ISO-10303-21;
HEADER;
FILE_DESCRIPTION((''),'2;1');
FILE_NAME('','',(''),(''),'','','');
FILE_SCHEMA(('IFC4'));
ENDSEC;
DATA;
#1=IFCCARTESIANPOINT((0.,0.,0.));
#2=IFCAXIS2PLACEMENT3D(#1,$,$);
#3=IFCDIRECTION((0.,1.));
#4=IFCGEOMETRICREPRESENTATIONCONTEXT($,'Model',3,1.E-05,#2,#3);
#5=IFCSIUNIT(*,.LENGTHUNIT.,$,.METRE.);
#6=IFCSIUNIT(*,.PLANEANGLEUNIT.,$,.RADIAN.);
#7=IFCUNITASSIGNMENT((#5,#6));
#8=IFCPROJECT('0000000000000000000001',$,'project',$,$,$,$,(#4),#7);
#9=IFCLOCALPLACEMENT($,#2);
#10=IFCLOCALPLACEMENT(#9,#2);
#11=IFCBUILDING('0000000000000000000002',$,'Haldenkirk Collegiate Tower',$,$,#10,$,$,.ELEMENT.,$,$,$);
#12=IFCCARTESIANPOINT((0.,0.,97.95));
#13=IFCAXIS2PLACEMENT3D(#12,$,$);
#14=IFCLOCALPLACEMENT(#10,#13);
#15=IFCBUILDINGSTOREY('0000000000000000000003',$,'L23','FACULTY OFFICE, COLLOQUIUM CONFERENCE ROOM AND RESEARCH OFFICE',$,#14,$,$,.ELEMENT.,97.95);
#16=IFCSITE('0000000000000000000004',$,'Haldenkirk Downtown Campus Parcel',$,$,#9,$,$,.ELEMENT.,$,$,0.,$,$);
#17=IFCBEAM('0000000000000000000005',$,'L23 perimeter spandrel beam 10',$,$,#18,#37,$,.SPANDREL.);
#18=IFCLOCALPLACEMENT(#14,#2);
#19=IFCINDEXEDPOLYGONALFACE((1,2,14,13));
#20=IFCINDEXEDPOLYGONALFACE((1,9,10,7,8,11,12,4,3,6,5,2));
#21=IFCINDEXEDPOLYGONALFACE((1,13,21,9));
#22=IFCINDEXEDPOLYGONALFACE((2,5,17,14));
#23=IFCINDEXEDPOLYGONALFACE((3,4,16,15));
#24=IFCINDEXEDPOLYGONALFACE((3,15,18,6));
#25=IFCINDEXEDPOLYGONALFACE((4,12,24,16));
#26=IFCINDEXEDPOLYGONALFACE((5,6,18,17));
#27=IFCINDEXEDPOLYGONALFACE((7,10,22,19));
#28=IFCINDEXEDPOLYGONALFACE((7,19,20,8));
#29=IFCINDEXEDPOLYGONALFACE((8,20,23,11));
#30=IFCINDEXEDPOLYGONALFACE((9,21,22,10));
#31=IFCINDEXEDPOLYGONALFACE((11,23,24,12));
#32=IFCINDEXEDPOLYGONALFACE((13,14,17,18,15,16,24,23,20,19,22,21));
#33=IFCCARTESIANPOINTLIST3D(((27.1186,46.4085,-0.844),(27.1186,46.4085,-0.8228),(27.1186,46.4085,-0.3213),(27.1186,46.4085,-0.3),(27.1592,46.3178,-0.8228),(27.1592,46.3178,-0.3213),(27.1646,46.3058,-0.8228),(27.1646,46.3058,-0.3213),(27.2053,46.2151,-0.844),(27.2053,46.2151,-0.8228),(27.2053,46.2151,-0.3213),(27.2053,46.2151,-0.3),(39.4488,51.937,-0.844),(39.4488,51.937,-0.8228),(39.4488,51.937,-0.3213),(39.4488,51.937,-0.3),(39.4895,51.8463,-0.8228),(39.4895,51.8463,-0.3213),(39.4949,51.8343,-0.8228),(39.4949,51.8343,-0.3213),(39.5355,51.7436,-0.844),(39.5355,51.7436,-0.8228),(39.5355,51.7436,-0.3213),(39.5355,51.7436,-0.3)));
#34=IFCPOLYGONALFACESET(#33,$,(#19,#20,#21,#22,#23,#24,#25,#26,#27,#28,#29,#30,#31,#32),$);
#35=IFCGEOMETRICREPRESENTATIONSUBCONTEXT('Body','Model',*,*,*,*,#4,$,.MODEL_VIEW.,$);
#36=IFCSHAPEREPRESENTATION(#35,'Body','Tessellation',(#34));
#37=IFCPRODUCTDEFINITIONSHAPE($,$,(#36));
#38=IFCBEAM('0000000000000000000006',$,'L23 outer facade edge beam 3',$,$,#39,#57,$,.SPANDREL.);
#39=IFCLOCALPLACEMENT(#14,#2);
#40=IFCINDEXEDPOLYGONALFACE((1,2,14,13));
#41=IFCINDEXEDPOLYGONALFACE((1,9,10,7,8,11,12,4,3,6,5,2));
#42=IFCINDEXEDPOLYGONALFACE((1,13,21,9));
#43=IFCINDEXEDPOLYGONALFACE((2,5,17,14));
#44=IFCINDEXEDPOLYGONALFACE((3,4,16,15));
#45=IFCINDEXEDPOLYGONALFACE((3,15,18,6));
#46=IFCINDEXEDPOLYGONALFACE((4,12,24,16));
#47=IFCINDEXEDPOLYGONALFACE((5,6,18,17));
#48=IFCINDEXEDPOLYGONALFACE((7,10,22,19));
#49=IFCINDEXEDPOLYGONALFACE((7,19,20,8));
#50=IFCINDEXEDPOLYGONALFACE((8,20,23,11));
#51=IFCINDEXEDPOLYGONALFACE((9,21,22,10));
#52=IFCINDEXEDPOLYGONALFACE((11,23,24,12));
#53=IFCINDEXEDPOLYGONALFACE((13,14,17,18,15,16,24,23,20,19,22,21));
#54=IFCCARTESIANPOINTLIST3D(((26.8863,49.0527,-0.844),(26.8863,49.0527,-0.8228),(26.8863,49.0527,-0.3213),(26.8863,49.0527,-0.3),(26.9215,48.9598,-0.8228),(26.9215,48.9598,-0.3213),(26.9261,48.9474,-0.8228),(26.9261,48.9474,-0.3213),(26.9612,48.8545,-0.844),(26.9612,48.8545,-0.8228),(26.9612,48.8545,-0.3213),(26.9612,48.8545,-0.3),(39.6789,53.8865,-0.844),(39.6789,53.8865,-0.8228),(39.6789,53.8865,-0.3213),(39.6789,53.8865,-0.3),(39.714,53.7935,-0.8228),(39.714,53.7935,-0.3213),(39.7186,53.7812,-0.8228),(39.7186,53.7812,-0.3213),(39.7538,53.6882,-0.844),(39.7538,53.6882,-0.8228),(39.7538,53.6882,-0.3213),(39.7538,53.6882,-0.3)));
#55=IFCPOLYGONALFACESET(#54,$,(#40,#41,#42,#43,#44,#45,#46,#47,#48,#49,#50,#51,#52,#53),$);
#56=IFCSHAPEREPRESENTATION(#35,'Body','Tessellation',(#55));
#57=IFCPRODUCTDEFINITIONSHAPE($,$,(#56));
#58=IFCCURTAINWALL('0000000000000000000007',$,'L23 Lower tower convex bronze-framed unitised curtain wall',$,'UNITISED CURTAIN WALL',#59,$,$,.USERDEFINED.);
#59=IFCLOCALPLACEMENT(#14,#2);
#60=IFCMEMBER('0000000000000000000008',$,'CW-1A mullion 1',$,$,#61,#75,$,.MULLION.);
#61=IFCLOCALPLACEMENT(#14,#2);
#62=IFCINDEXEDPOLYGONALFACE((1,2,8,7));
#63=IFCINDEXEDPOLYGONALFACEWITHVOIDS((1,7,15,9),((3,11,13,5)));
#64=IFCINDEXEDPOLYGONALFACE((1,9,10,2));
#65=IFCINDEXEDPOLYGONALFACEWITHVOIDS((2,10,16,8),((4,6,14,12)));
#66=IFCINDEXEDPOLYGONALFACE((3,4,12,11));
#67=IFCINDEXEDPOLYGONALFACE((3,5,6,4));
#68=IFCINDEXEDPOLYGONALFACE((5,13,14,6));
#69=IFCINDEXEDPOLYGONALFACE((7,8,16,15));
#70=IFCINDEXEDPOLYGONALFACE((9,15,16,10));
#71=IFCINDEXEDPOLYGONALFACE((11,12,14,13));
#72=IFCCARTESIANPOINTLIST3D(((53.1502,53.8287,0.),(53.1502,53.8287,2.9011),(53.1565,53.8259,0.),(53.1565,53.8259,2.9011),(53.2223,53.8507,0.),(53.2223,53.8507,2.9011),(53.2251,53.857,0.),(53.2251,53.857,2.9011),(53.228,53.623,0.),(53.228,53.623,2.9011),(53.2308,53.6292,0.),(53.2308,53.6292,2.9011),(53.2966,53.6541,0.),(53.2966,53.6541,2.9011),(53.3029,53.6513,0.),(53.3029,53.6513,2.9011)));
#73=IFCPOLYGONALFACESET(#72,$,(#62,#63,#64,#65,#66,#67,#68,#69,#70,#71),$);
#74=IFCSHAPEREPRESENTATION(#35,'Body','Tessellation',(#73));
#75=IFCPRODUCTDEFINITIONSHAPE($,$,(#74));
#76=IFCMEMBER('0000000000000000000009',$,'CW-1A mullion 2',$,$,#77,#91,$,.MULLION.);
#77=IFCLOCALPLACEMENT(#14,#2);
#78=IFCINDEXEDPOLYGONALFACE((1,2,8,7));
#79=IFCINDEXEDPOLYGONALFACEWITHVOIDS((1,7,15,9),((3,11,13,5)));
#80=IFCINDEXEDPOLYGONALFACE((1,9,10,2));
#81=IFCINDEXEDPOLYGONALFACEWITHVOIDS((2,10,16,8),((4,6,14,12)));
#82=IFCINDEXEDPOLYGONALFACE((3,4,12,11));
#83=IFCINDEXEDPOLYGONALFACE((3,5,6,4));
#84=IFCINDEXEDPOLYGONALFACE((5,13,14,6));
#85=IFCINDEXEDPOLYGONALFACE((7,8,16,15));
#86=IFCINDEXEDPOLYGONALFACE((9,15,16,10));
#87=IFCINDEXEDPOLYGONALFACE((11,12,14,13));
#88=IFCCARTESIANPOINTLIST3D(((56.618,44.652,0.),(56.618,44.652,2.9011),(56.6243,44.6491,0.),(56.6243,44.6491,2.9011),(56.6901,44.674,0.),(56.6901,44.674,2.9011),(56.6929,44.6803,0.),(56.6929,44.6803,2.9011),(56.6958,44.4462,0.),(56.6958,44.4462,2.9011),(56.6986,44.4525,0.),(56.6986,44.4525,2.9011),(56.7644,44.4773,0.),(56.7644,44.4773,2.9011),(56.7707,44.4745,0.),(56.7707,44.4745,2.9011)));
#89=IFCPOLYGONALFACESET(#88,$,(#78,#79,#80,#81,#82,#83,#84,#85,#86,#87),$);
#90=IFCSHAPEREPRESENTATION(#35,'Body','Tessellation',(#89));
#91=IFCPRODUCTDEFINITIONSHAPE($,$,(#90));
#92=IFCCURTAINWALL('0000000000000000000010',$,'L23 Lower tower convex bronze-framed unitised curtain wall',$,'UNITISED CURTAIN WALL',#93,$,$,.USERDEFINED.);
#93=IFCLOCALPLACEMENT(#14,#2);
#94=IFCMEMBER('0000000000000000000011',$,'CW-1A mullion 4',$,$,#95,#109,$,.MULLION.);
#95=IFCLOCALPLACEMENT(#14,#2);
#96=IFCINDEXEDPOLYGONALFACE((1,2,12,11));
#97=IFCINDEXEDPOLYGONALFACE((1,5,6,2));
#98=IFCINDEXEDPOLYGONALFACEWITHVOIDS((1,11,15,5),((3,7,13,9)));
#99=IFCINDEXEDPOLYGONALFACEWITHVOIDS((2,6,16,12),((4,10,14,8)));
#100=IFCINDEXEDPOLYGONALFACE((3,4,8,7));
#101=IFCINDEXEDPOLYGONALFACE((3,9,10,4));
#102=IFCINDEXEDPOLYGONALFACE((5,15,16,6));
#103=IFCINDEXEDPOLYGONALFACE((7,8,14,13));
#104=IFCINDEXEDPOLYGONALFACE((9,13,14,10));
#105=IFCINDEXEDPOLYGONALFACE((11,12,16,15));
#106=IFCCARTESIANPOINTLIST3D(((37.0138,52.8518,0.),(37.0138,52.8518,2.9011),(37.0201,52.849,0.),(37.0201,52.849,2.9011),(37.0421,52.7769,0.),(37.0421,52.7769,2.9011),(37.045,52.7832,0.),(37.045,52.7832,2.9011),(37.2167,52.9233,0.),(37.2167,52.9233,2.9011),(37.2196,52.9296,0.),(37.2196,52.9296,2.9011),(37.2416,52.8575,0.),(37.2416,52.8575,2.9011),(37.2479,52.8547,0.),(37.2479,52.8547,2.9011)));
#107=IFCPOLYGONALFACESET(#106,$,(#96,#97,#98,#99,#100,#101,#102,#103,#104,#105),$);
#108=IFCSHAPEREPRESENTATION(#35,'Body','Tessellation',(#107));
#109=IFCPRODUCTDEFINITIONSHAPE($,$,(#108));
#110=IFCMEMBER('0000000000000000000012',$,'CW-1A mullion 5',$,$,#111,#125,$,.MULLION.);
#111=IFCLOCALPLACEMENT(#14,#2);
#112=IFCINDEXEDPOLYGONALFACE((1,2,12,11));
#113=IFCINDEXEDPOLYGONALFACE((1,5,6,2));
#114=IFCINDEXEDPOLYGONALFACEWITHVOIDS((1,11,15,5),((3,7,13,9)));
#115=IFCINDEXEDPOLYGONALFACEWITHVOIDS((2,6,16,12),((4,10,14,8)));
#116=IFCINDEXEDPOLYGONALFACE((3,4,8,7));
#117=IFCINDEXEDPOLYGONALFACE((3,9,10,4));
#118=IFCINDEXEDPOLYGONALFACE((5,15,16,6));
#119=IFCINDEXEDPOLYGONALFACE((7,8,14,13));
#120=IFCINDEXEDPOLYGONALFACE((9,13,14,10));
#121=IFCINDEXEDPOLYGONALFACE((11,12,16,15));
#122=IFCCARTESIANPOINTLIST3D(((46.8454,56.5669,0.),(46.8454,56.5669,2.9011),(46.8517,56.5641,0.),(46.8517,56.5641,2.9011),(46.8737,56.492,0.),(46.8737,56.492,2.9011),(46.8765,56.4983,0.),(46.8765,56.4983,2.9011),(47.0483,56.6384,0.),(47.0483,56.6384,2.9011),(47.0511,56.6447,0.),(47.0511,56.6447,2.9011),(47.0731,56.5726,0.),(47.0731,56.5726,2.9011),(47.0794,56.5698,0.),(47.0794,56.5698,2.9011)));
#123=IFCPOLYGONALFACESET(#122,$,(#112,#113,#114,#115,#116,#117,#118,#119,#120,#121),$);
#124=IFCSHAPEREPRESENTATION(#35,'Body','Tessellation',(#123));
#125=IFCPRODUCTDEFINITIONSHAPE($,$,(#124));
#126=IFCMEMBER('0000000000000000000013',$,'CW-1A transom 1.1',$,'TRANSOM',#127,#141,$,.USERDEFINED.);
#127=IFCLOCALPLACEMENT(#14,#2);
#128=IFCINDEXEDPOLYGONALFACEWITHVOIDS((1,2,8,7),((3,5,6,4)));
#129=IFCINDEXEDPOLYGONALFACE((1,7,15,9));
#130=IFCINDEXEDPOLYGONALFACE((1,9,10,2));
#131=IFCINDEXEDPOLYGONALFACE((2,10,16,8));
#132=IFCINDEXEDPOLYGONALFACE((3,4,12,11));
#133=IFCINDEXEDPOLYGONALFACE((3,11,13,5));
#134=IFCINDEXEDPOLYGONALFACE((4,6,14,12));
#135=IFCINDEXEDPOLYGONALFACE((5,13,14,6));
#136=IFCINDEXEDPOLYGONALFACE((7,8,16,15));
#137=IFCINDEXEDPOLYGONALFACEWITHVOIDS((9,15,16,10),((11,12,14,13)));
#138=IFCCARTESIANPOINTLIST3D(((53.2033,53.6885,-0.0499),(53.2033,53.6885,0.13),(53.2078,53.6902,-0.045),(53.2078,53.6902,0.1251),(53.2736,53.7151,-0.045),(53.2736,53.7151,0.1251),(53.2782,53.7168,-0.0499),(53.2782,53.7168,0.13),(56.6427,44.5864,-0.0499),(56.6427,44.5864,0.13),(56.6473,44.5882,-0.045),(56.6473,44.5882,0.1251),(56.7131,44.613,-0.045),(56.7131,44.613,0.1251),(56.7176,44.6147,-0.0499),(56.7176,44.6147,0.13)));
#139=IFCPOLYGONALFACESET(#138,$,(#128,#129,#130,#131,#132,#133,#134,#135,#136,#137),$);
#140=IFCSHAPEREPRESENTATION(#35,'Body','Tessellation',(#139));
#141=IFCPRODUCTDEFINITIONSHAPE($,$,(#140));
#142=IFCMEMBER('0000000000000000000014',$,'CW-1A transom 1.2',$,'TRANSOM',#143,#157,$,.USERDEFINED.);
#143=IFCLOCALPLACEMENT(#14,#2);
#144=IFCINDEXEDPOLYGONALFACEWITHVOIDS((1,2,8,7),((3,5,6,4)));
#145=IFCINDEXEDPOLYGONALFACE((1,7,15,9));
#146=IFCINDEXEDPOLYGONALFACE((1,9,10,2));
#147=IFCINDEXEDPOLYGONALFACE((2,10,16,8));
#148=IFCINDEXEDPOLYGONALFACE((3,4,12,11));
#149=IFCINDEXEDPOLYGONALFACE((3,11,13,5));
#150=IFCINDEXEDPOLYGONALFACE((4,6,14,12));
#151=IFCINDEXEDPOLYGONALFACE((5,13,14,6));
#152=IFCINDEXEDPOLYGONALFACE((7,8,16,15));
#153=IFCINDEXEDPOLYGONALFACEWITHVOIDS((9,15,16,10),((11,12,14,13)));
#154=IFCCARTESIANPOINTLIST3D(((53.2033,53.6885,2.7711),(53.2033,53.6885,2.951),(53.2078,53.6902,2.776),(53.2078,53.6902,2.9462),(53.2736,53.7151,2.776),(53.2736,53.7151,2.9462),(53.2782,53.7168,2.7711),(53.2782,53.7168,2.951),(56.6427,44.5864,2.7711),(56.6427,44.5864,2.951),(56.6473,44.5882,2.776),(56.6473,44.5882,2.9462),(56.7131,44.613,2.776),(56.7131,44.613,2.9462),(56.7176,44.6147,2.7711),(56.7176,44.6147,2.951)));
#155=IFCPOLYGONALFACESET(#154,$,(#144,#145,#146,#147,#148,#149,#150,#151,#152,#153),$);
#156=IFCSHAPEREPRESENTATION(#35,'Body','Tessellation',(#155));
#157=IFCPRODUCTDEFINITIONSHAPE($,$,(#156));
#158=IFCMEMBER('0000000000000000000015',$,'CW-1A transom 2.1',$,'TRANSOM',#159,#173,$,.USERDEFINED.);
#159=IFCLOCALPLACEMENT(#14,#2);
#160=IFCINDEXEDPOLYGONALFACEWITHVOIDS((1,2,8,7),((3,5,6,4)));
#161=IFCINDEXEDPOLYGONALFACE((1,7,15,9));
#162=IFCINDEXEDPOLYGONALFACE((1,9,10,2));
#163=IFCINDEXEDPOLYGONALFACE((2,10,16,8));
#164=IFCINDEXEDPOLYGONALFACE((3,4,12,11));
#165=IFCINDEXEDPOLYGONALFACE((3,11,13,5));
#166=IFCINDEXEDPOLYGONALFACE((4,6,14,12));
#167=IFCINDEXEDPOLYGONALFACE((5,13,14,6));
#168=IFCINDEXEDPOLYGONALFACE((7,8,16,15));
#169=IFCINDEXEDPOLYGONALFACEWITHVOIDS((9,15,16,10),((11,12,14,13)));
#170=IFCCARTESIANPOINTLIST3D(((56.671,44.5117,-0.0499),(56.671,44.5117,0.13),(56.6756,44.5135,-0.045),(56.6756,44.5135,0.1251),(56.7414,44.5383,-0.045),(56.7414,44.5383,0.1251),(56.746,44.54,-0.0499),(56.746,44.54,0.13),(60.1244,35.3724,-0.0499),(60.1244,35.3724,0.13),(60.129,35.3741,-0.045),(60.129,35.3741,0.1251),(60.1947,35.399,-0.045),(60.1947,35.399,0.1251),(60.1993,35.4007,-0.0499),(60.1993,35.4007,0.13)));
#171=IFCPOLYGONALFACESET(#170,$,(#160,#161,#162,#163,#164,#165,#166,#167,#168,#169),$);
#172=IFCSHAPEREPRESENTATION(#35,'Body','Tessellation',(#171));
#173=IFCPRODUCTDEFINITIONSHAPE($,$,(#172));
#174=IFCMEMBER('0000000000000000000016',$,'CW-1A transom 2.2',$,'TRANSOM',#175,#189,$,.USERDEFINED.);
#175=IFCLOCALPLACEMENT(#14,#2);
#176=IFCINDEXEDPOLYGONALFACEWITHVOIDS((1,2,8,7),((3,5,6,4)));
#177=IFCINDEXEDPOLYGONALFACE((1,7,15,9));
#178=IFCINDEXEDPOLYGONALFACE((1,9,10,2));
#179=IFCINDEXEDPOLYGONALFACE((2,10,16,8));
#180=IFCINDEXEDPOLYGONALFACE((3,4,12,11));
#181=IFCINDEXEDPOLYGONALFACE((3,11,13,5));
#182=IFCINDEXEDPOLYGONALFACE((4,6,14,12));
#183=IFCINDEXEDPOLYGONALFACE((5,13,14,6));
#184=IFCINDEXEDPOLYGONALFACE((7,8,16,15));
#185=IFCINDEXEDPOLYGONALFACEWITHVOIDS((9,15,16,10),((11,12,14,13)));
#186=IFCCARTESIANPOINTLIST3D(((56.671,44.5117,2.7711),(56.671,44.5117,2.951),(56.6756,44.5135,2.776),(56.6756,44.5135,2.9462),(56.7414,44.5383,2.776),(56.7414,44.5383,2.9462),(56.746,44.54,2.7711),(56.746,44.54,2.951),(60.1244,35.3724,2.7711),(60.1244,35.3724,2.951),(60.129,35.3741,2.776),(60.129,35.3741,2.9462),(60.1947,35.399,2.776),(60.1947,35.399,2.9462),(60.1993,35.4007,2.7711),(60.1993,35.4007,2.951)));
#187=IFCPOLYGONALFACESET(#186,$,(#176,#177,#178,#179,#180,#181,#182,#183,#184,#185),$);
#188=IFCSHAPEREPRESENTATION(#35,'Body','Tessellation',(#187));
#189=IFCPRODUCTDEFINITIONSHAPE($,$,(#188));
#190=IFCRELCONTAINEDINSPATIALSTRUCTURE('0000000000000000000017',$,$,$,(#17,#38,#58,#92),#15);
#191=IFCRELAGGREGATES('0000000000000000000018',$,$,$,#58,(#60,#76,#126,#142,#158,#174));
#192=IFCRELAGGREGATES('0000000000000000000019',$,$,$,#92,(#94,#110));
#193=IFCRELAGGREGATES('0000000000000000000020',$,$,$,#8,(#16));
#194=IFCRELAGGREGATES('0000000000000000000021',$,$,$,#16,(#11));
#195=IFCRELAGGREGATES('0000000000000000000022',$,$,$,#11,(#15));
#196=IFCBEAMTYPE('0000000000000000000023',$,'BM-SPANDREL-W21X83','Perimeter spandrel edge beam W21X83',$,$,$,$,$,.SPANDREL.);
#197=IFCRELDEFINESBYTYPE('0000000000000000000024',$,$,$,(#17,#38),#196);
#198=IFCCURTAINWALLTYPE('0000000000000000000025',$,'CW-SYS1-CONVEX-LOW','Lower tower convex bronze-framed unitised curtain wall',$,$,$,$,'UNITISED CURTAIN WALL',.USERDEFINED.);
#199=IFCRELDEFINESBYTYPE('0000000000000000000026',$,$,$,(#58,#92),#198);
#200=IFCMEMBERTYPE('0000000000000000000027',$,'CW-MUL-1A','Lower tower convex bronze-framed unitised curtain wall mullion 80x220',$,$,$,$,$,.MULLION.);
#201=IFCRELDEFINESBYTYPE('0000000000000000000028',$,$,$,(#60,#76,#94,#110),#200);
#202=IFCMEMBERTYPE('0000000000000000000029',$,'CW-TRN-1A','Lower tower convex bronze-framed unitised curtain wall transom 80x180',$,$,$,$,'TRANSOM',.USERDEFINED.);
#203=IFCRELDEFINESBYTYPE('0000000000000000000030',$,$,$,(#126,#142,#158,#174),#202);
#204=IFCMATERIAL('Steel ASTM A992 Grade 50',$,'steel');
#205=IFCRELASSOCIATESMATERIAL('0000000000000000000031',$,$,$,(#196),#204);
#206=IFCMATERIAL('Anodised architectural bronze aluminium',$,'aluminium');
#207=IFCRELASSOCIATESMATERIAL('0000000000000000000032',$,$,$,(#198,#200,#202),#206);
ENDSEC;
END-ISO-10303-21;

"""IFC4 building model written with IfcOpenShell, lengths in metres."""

from ifc_helpers import new_model, si_unit, direction, frame, origin, origin_2d, place, context, subcontext, project, spatial, hollow_rectangle, i_section, extrude, material, material_profile, profile_set, type_object, element, aggregate, save


model = new_model("IFC4")

# Units and contexts
model_context = context("Model", 3, precision=1e-05, world=origin(), true_north=direction((0.0, 1.0)))
body_context = subcontext(model_context, "Body", "Model", "MODEL_VIEW")
ifc_project = project(units=[si_unit("LENGTHUNIT", "METRE"), si_unit("PLANEANGLEUNIT", "RADIAN")], contexts=[model_context])

# Site, building, storey
site_placement = place(None, origin())
site = spatial("IfcSite", under=ifc_project, at=site_placement, Name="Haldenkirk Downtown Campus Parcel", CompositionType="ELEMENT", RefElevation=0.0)
building_placement = place(site_placement, origin())
building = spatial("IfcBuilding", under=site, at=building_placement, Name="Haldenkirk Collegiate Tower", CompositionType="ELEMENT")
storey_placement = place(building_placement, frame((0.0, 0.0, 97.95)))
storey = spatial("IfcBuildingStorey", under=building, at=storey_placement, Name="L23", Description="FACULTY OFFICE, COLLOQUIUM CONFERENCE ROOM AND RESEARCH OFFICE", CompositionType="ELEMENT", Elevation=97.95)

# Beams
ifc_material_1 = material(Name="Steel ASTM A992 Grade 50", Category="steel")
ifc_material_profile_1 = material_profile(ifc_material_1, i_section(OverallWidth=0.2119, OverallDepth=0.5439, WebThickness=0.0132, FlangeThickness=0.0212, at=origin_2d()), Name="W21X83")
ifc_profile_set_1 = profile_set([ifc_material_profile_1], Name="Steel ASTM A992 Grade 50")
beam_type_1 = type_object("IfcBeamType", Name="BM-SPANDREL-W21X83", Description="Perimeter spandrel edge beam W21X83", PredefinedType="SPANDREL", material=ifc_profile_set_1)
beam_1_placement = place(storey_placement, frame((39.4922, 51.8403, -0.572), z_axis=(-0.912477, -0.409129, 0.0), x_axis=(0.409129, -0.912477, 0.0)))
element("IfcBeam", 1, at=beam_1_placement, inside=storey, type_object=beam_type_1, Name="L23 perimeter spandrel beam 10", PredefinedType="SPANDREL", context=body_context, shape_type="SweptSolid", body=[
    extrude(i_section(OverallWidth=0.2119, OverallDepth=0.5439, WebThickness=0.0132, FlangeThickness=0.0212, at=origin_2d()), origin(), (0.0, 0.0, 1.0), 13.5129),
])
beam_2_placement = place(storey_placement, frame((39.7163, 53.7874, -0.572), z_axis=(-0.935447, -0.353466, 0.0), x_axis=(0.353466, -0.935447, 0.0)))
element("IfcBeam", 2, at=beam_2_placement, inside=storey, type_object=beam_type_1, Name="L23 outer facade edge beam 3", PredefinedType="SPANDREL", context=body_context, shape_type="SweptSolid", body=[
    extrude(i_section(OverallWidth=0.2119, OverallDepth=0.5439, WebThickness=0.0132, FlangeThickness=0.0212, at=origin_2d()), origin(), (0.0, 0.0, 1.0), 13.6753),
])

# Curtain walls, members
ifc_material_2 = material(Name="Anodised architectural bronze aluminium", Category="aluminium")
curtain_wall_type = type_object("IfcCurtainWallType", Name="CW-SYS1-CONVEX-LOW", Description="Lower tower convex bronze-framed unitised curtain wall", ElementType="UNITISED CURTAIN WALL", PredefinedType="USERDEFINED", material=ifc_material_2)
curtain_wall_1_placement = place(storey_placement, origin())
curtain_wall_1 = element("IfcCurtainWall", 3, at=curtain_wall_1_placement, inside=storey, type_object=curtain_wall_type, Name="L23 Lower tower convex bronze-framed unitised curtain wall", ObjectType="UNITISED CURTAIN WALL", PredefinedType="USERDEFINED")
ifc_material_profile_2 = material_profile(ifc_material_2, hollow_rectangle(XDim=0.0801, YDim=0.22, WallThickness=0.0049, at=origin_2d()), Name="CW-MUL-1A")
ifc_profile_set_2 = profile_set([ifc_material_profile_2], Name="Anodised architectural bronze aluminium")
member_type_1 = type_object("IfcMemberType", Name="CW-MUL-1A", Description="Lower tower convex bronze-framed unitised curtain wall mullion 80x220", PredefinedType="MULLION", material=ifc_profile_set_2)
member_1_placement = place(storey_placement, frame((53.2266, 53.74, 0.0), z_axis=(0.0, 0.0, 1.0), x_axis=(0.935443, 0.353477, 0.0)))
member_1 = element("IfcMember", 4, at=member_1_placement, type_object=member_type_1, Name="CW-1A mullion 1", PredefinedType="MULLION", context=body_context, shape_type="SweptSolid", body=[
    extrude(hollow_rectangle(XDim=0.0801, YDim=0.22, WallThickness=0.0049, at=origin_2d()), origin(), (0.0, 0.0, 1.0), 2.9011),
])
member_2_placement = place(storey_placement, frame((56.6943, 44.5632, 0.0), z_axis=(0.0, 0.0, 1.0), x_axis=(0.935443, 0.353477, 0.0)))
member_2 = element("IfcMember", 5, at=member_2_placement, type_object=member_type_1, Name="CW-1A mullion 2", PredefinedType="MULLION", context=body_context, shape_type="SweptSolid", body=[
    extrude(hollow_rectangle(XDim=0.0801, YDim=0.22, WallThickness=0.0049, at=origin_2d()), origin(), (0.0, 0.0, 1.0), 2.9011),
])
curtain_wall_2_placement = place(storey_placement, origin())
curtain_wall_2 = element("IfcCurtainWall", 6, at=curtain_wall_2_placement, inside=storey, type_object=curtain_wall_type, Name="L23 Lower tower convex bronze-framed unitised curtain wall", ObjectType="UNITISED CURTAIN WALL", PredefinedType="USERDEFINED")
member_3_placement = place(storey_placement, frame((37.1309, 52.8533, 0.0), z_axis=(0.0, 0.0, 1.0), x_axis=(-0.353476, 0.935443, 0.0)))
member_3 = element("IfcMember", 7, at=member_3_placement, type_object=member_type_1, Name="CW-1A mullion 4", PredefinedType="MULLION", context=body_context, shape_type="SweptSolid", body=[
    extrude(hollow_rectangle(XDim=0.0801, YDim=0.22, WallThickness=0.0049, at=origin_2d()), origin(), (0.0, 0.0, 1.0), 2.9011),
])
member_4_placement = place(storey_placement, frame((46.9624, 56.5684, 0.0), z_axis=(0.0, 0.0, 1.0), x_axis=(-0.353476, 0.935443, 0.0)))
member_4 = element("IfcMember", 8, at=member_4_placement, type_object=member_type_1, Name="CW-1A mullion 5", PredefinedType="MULLION", context=body_context, shape_type="SweptSolid", body=[
    extrude(hollow_rectangle(XDim=0.0801, YDim=0.22, WallThickness=0.0049, at=origin_2d()), origin(), (0.0, 0.0, 1.0), 2.9011),
])

# Members
ifc_material_profile_3 = material_profile(ifc_material_2, hollow_rectangle(XDim=0.0801, YDim=0.1799, WallThickness=0.0049, at=origin_2d()), Name="CW-TRN-1A")
ifc_profile_set_3 = profile_set([ifc_material_profile_3], Name="Anodised architectural bronze aluminium")
member_type_2 = type_object("IfcMemberType", Name="CW-TRN-1A", Description="Lower tower convex bronze-framed unitised curtain wall transom 80x180", ElementType="TRANSOM", PredefinedType="USERDEFINED", material=ifc_profile_set_3)
member_5_placement = place(storey_placement, frame((53.2407, 53.7026, 0.04), z_axis=(0.353482, -0.935441, 0.0), x_axis=(0.935441, 0.353482, 0.0)))
member_5 = element("IfcMember", 9, at=member_5_placement, type_object=member_type_2, Name="CW-1A transom 1.1", ObjectType="TRANSOM", PredefinedType="USERDEFINED", context=body_context, shape_type="SweptSolid", body=[
    extrude(hollow_rectangle(XDim=0.0801, YDim=0.1799, WallThickness=0.0049, at=origin_2d()), origin(), (0.0, 0.0, 1.0), 9.7302),
])
member_6_placement = place(storey_placement, frame((53.2407, 53.7026, 2.8611), z_axis=(0.353482, -0.935441, 0.0), x_axis=(0.935441, 0.353482, 0.0)))
member_6 = element("IfcMember", 10, at=member_6_placement, type_object=member_type_2, Name="CW-1A transom 1.2", ObjectType="TRANSOM", PredefinedType="USERDEFINED", context=body_context, shape_type="SweptSolid", body=[
    extrude(hollow_rectangle(XDim=0.0801, YDim=0.1799, WallThickness=0.0049, at=origin_2d()), origin(), (0.0, 0.0, 1.0), 9.7302),
])
member_7_placement = place(storey_placement, frame((56.7085, 44.5259, 0.04), z_axis=(0.353464, -0.935448, 0.0), x_axis=(0.935448, 0.353464, 0.0)))
member_7 = element("IfcMember", 11, at=member_7_placement, type_object=member_type_2, Name="CW-1A transom 2.1", ObjectType="TRANSOM", PredefinedType="USERDEFINED", context=body_context, shape_type="SweptSolid", body=[
    extrude(hollow_rectangle(XDim=0.0801, YDim=0.1799, WallThickness=0.0049, at=origin_2d()), origin(), (0.0, 0.0, 1.0), 9.77),
])
member_8_placement = place(storey_placement, frame((56.7085, 44.5259, 2.8611), z_axis=(0.353464, -0.935448, 0.0), x_axis=(0.935448, 0.353464, 0.0)))
member_8 = element("IfcMember", 12, at=member_8_placement, type_object=member_type_2, Name="CW-1A transom 2.2", ObjectType="TRANSOM", PredefinedType="USERDEFINED", context=body_context, shape_type="SweptSolid", body=[
    extrude(hollow_rectangle(XDim=0.0801, YDim=0.1799, WallThickness=0.0049, at=origin_2d()), origin(), (0.0, 0.0, 1.0), 9.77),
])

aggregate(curtain_wall_1, [member_1, member_2, member_5, member_6, member_7, member_8])
aggregate(curtain_wall_2, [member_3, member_4])

save(model, "model.ifc")
